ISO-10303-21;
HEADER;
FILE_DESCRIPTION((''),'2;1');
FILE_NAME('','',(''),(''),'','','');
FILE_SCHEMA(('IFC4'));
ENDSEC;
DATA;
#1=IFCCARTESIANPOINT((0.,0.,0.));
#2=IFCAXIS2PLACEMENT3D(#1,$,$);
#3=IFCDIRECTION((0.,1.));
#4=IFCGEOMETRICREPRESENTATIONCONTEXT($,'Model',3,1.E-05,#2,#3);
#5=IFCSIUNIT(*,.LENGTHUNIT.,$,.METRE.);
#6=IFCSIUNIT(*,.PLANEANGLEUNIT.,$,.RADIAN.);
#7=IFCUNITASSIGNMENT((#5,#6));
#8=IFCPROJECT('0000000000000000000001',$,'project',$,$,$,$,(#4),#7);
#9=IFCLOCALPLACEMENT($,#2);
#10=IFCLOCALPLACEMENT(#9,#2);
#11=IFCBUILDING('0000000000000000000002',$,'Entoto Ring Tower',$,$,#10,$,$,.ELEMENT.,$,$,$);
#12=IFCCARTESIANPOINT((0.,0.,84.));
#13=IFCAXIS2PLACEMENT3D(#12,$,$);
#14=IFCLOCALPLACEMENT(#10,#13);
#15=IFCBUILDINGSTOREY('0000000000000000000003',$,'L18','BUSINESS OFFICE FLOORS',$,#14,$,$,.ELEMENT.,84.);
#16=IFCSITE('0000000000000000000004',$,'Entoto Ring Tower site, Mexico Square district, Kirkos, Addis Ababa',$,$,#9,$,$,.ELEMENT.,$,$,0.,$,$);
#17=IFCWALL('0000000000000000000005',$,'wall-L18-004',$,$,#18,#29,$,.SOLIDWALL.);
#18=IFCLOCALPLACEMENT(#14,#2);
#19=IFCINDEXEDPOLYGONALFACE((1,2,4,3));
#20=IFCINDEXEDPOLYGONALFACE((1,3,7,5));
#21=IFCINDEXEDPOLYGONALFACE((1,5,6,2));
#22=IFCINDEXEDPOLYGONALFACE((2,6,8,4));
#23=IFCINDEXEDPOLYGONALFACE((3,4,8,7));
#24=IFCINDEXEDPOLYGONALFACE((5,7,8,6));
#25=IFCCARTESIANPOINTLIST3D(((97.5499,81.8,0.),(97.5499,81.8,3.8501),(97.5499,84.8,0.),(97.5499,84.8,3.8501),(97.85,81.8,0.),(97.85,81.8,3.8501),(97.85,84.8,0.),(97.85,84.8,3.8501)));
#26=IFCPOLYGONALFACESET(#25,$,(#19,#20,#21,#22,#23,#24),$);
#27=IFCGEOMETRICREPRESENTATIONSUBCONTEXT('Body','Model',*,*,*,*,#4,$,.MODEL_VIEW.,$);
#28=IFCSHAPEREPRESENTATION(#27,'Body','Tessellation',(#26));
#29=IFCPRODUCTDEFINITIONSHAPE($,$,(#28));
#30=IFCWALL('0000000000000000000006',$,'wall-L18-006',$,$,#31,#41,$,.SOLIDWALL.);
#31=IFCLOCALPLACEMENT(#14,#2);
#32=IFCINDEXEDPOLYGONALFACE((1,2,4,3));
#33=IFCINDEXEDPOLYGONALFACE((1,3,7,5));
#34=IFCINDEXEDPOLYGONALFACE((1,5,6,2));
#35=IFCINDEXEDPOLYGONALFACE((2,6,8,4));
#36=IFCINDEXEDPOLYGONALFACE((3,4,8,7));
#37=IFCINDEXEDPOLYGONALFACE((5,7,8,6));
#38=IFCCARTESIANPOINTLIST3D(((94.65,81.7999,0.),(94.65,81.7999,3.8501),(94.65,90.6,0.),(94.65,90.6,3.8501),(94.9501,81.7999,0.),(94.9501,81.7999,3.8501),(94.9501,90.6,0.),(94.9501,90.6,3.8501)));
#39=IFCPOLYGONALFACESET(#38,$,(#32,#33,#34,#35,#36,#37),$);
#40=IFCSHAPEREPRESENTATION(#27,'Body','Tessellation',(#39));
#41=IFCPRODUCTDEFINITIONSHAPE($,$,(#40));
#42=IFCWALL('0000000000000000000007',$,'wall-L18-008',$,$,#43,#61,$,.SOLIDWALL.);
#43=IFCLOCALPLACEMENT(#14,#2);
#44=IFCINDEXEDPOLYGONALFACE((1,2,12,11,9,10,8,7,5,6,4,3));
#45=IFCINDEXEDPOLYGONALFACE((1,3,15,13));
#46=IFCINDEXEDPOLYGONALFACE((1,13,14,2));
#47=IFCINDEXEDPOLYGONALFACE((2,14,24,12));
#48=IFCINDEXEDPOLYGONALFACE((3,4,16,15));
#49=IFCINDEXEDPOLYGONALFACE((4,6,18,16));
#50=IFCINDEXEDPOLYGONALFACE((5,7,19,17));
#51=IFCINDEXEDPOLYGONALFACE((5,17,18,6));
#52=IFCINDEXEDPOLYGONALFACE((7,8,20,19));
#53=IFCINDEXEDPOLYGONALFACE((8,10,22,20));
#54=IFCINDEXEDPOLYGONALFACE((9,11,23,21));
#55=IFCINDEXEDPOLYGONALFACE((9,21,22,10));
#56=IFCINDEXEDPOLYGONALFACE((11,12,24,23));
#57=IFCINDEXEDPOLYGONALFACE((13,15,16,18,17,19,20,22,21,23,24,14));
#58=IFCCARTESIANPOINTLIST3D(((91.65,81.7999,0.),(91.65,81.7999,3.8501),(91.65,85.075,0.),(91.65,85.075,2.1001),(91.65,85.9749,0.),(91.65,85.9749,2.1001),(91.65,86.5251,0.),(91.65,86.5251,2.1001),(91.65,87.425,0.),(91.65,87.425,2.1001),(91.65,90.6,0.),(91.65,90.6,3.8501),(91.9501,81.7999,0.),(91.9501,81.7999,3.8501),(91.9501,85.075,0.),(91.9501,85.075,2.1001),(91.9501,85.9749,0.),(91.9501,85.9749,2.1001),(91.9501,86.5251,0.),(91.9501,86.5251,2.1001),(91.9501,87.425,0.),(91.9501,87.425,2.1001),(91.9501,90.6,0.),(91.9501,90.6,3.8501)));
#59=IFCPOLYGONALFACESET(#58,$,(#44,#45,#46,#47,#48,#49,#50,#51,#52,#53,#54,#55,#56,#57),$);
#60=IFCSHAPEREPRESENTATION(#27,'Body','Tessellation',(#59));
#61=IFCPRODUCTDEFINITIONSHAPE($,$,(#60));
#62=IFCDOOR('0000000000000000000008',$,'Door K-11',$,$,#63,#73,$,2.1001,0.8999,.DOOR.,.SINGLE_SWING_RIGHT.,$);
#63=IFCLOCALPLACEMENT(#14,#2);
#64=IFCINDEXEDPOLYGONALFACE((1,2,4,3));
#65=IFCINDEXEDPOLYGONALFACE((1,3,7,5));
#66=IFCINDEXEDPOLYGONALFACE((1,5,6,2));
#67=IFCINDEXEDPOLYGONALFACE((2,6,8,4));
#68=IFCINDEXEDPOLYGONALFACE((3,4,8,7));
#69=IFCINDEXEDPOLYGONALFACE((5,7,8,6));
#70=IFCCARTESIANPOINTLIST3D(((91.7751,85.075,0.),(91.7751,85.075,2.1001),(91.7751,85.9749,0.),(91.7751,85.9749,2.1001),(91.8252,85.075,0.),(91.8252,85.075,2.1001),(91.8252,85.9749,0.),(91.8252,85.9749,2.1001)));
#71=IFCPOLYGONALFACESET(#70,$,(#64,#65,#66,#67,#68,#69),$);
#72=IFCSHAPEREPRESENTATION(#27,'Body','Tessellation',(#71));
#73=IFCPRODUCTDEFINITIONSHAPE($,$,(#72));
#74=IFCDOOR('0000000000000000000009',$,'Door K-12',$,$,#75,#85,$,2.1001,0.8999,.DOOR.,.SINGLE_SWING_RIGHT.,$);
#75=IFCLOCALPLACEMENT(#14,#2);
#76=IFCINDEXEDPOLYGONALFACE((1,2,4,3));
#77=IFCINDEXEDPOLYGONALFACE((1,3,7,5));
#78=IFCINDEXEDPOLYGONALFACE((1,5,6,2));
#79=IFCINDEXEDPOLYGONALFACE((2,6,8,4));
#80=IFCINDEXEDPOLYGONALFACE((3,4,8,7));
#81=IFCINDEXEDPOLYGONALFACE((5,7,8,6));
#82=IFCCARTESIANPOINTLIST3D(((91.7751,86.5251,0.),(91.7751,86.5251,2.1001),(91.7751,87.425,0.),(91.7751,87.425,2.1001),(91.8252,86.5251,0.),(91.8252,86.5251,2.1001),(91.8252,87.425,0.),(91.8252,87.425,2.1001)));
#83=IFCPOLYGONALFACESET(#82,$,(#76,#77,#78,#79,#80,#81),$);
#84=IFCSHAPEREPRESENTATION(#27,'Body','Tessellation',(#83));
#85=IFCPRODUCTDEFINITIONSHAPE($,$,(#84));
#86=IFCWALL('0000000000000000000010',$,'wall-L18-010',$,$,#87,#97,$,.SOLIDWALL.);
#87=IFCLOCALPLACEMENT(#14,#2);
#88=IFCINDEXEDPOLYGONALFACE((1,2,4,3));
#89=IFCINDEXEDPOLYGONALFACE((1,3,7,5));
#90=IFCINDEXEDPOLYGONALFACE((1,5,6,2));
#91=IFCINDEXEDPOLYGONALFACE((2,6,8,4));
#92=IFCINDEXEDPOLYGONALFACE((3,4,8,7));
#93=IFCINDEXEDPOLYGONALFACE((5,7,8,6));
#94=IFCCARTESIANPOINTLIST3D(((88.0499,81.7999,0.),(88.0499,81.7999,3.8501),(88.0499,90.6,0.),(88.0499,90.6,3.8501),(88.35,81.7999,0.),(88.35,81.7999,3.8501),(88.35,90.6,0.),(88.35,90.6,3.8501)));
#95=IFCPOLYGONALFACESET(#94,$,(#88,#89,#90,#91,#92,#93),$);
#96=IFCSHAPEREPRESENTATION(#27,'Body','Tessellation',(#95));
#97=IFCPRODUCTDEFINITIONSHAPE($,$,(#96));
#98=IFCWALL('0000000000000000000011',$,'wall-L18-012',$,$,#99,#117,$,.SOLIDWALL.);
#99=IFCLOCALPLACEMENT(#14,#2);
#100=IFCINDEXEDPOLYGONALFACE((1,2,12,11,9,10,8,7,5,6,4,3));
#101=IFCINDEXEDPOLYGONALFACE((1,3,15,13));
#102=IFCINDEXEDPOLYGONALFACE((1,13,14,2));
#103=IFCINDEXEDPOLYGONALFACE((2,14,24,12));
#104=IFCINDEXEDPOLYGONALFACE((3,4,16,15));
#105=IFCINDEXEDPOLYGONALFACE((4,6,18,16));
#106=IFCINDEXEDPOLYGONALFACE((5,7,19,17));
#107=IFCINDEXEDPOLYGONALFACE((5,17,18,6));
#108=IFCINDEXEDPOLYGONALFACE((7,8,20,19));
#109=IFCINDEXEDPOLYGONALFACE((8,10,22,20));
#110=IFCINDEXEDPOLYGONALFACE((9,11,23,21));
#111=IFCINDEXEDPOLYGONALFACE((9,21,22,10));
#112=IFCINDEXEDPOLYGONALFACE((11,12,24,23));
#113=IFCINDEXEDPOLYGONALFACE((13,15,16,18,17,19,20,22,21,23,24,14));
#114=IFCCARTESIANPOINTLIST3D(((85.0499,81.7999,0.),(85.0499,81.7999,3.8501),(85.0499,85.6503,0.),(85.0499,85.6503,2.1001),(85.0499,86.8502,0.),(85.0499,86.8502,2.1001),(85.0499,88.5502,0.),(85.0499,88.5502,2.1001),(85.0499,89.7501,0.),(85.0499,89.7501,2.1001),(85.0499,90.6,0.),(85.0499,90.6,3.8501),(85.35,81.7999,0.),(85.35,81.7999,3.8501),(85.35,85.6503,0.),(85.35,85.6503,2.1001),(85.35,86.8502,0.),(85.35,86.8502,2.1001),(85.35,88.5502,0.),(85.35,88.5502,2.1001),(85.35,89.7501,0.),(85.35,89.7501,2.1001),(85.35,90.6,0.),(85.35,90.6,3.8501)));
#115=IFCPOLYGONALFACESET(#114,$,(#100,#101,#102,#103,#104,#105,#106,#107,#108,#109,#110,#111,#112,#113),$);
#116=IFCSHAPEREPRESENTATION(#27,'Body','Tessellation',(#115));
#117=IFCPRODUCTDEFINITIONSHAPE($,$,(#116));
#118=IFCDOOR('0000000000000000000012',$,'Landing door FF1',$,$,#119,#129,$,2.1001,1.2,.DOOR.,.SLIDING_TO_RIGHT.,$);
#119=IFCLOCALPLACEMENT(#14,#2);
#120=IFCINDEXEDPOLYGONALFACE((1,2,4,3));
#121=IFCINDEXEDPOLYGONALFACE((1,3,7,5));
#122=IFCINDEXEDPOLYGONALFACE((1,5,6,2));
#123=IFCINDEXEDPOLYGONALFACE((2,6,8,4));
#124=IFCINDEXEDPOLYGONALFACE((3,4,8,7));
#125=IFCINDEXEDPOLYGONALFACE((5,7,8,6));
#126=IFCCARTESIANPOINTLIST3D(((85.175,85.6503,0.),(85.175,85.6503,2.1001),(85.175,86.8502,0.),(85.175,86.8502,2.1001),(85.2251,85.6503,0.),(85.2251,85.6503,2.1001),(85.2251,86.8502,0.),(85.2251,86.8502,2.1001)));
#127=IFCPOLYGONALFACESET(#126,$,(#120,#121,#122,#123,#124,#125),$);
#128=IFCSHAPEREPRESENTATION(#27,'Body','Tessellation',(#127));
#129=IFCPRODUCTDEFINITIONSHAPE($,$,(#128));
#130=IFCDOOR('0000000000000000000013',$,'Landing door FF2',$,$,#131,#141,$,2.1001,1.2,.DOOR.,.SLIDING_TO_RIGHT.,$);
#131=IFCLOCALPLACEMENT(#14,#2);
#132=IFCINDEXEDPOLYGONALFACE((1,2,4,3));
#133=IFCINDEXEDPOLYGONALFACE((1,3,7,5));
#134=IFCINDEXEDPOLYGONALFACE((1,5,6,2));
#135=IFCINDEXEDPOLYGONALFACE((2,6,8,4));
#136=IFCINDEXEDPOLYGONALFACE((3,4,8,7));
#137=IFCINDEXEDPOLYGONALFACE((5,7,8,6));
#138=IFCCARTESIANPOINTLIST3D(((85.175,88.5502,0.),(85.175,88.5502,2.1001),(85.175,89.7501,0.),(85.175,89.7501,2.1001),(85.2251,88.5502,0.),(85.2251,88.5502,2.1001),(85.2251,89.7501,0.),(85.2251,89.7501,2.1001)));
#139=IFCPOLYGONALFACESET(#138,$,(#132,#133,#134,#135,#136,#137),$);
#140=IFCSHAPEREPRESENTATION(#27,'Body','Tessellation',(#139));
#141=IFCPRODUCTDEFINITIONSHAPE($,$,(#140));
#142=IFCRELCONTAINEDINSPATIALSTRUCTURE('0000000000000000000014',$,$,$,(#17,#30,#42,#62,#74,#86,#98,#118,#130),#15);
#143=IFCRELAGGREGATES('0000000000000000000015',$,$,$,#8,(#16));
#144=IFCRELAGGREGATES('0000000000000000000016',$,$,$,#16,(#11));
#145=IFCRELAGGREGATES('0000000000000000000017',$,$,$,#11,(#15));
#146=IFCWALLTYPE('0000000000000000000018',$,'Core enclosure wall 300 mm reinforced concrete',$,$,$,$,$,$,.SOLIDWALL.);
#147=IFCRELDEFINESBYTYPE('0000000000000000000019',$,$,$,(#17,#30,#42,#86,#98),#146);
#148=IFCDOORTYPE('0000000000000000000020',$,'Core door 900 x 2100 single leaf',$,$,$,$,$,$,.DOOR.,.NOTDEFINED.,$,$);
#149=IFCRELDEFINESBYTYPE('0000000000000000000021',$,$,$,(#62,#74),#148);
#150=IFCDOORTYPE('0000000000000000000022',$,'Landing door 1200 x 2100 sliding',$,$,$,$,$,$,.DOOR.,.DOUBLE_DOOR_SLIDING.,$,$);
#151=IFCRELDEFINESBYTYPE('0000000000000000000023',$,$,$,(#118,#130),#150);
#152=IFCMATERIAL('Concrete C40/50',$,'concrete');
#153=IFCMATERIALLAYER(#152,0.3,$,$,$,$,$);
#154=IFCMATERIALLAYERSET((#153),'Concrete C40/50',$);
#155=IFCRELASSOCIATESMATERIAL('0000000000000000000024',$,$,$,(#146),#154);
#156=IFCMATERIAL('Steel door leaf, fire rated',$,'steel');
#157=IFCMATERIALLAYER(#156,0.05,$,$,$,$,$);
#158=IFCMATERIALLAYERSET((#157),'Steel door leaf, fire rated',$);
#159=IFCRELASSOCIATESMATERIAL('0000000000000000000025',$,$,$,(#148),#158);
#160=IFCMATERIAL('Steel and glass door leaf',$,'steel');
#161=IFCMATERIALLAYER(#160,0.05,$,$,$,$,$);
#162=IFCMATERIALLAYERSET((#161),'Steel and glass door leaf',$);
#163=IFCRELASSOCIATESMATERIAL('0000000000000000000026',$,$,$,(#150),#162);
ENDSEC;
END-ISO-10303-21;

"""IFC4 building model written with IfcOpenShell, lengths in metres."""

from ifc_helpers import new_model, si_unit, direction, frame, frame_2d, origin, place, context, subcontext, project, spatial, rectangle, extrude, material, layer, layer_set, type_object, element, fill, save


model = new_model("IFC4")

# Units and contexts
model_context = context("Model", 3, precision=1e-05, world=origin(), true_north=direction((0.0, 1.0)))
body_context = subcontext(model_context, "Body", "Model", "MODEL_VIEW")
ifc_project = project(units=[si_unit("LENGTHUNIT", "METRE"), si_unit("PLANEANGLEUNIT", "RADIAN")], contexts=[model_context])

# Site, building, storey
site_placement = place(None, origin())
site = spatial("IfcSite", under=ifc_project, at=site_placement, Name="Entoto Ring Tower site, Mexico Square district, Kirkos, Addis Ababa", CompositionType="ELEMENT", RefElevation=0.0)
building_placement = place(site_placement, origin())
building = spatial("IfcBuilding", under=site, at=building_placement, Name="Entoto Ring Tower", CompositionType="ELEMENT")
storey_placement = place(building_placement, frame((0.0, 0.0, 84.0)))
storey = spatial("IfcBuildingStorey", under=building, at=storey_placement, Name="L18", Description="BUSINESS OFFICE FLOORS", CompositionType="ELEMENT", Elevation=84.0)

# Walls
ifc_material_1 = material(Name="Concrete C40/50", Category="concrete")
ifc_layer_1 = layer(ifc_material_1, 0.3)
ifc_layer_set_1 = layer_set([ifc_layer_1], Name="Concrete C40/50")
wall_type = type_object("IfcWallType", Name="Core enclosure wall 300 mm reinforced concrete", PredefinedType="SOLIDWALL", material=ifc_layer_set_1)
wall_1_placement = place(storey_placement, frame((97.7, 81.8, 0.0), z_axis=(0.0, 0.0, 1.0), x_axis=(0.0, 1.0, 0.0)))
element("IfcWall", 1, at=wall_1_placement, inside=storey, type_object=wall_type, Name="wall-L18-004", PredefinedType="SOLIDWALL", context=body_context, shape_type="SweptSolid", body=[
    extrude(rectangle(XDim=3.0, YDim=0.3, at=frame_2d((1.5, 0.0))), origin(), (0.0, 0.0, 1.0), 3.8501),
])
wall_2_placement = place(storey_placement, frame((94.8, 81.8, 0.0), z_axis=(0.0, 0.0, 1.0), x_axis=(0.0, 1.0, 0.0)))
element("IfcWall", 2, at=wall_2_placement, inside=storey, type_object=wall_type, Name="wall-L18-006", PredefinedType="SOLIDWALL", context=body_context, shape_type="SweptSolid", body=[
    extrude(rectangle(XDim=8.8, YDim=0.3, at=frame_2d((4.3999, 0.0))), origin(), (0.0, 0.0, 1.0), 3.8501),
])

# Wall, openings, doors
wall_3_placement = place(storey_placement, frame((91.8, 81.8, 0.0), z_axis=(0.0, 0.0, 1.0), x_axis=(0.0, 1.0, 0.0)))
wall_3 = element("IfcWall", 3, at=wall_3_placement, inside=storey, type_object=wall_type, Name="wall-L18-008", PredefinedType="SOLIDWALL", context=body_context, shape_type="SweptSolid", body=[
    extrude(rectangle(XDim=8.8, YDim=0.3, at=frame_2d((4.3999, 0.0))), origin(), (0.0, 0.0, 1.0), 3.8501),
])
opening_1_placement = place(wall_3_placement, frame((3.2749, 0.0, 0.0)))
opening_1 = element("IfcOpeningElement", 4, at=opening_1_placement, cuts=wall_3, PredefinedType="OPENING", context=body_context, shape_type="SweptSolid", body=[
    extrude(rectangle(XDim=0.8999, YDim=2.1001, at=frame_2d((0.45, 1.05))), frame((0.0, 0.1602, 0.0), z_axis=(0.0, -1.0, 0.0), x_axis=(1.0, 0.0, 0.0)), (0.0, 0.0, 1.0), 0.3201),
])
opening_2_placement = place(wall_3_placement, frame((4.7251, 0.0, 0.0)))
opening_2 = element("IfcOpeningElement", 5, at=opening_2_placement, cuts=wall_3, PredefinedType="OPENING", context=body_context, shape_type="SweptSolid", body=[
    extrude(rectangle(XDim=0.8999, YDim=2.1001, at=frame_2d((0.45, 1.05))), frame((0.0, 0.1602, 0.0), z_axis=(0.0, -1.0, 0.0), x_axis=(1.0, 0.0, 0.0)), (0.0, 0.0, 1.0), 0.3201),
])
ifc_material_2 = material(Name="Steel door leaf, fire rated", Category="steel")
ifc_layer_2 = layer(ifc_material_2, 0.05)
ifc_layer_set_2 = layer_set([ifc_layer_2], Name="Steel door leaf, fire rated")
door_type_1 = type_object("IfcDoorType", Name="Core door 900 x 2100 single leaf", OperationType="NOTDEFINED", PredefinedType="DOOR", material=ifc_layer_set_2)
door_1_placement = place(opening_1_placement, origin())
door_1 = element("IfcDoor", 6, at=door_1_placement, inside=storey, type_object=door_type_1, Name="Door K-11", OperationType="SINGLE_SWING_RIGHT", OverallHeight=2.1001, OverallWidth=0.8999, PredefinedType="DOOR", context=body_context, shape_type="SweptSolid", body=[
    extrude(rectangle(XDim=0.8999, YDim=2.1001, at=frame_2d((0.45, 1.05))), frame((0.0, 0.0249, 0.0), z_axis=(0.0, -1.0, 0.0), x_axis=(1.0, 0.0, 0.0)), (0.0, 0.0, 1.0), 0.05),
])
fill(opening_1, door_1)
door_2_placement = place(opening_2_placement, origin())
door_2 = element("IfcDoor", 7, at=door_2_placement, inside=storey, type_object=door_type_1, Name="Door K-12", OperationType="SINGLE_SWING_RIGHT", OverallHeight=2.1001, OverallWidth=0.8999, PredefinedType="DOOR", context=body_context, shape_type="SweptSolid", body=[
    extrude(rectangle(XDim=0.8999, YDim=2.1001, at=frame_2d((0.45, 1.05))), frame((0.0, 0.0249, 0.0), z_axis=(0.0, -1.0, 0.0), x_axis=(1.0, 0.0, 0.0)), (0.0, 0.0, 1.0), 0.05),
])
fill(opening_2, door_2)

# Wall
wall_4_placement = place(storey_placement, frame((88.2, 81.8, 0.0), z_axis=(0.0, 0.0, 1.0), x_axis=(0.0, 1.0, 0.0)))
element("IfcWall", 8, at=wall_4_placement, inside=storey, type_object=wall_type, Name="wall-L18-010", PredefinedType="SOLIDWALL", context=body_context, shape_type="SweptSolid", body=[
    extrude(rectangle(XDim=8.8, YDim=0.3, at=frame_2d((4.3999, 0.0))), origin(), (0.0, 0.0, 1.0), 3.8501),
])

# Wall, openings, doors
wall_5_placement = place(storey_placement, frame((85.2, 81.8, 0.0), z_axis=(0.0, 0.0, 1.0), x_axis=(0.0, 1.0, 0.0)))
wall_5 = element("IfcWall", 9, at=wall_5_placement, inside=storey, type_object=wall_type, Name="wall-L18-012", PredefinedType="SOLIDWALL", context=body_context, shape_type="SweptSolid", body=[
    extrude(rectangle(XDim=8.8, YDim=0.3, at=frame_2d((4.3999, 0.0))), origin(), (0.0, 0.0, 1.0), 3.8501),
])
opening_3_placement = place(wall_5_placement, frame((3.8501, 0.0, 0.0)))
opening_3 = element("IfcOpeningElement", 10, at=opening_3_placement, cuts=wall_5, PredefinedType="OPENING", context=body_context, shape_type="SweptSolid", body=[
    extrude(rectangle(XDim=1.2, YDim=2.1001, at=frame_2d((0.6001, 1.05))), frame((0.0, 0.1602, 0.0), z_axis=(0.0, -1.0, 0.0), x_axis=(1.0, 0.0, 0.0)), (0.0, 0.0, 1.0), 0.3201),
])
opening_4_placement = place(wall_5_placement, frame((6.75, 0.0, 0.0)))
opening_4 = element("IfcOpeningElement", 11, at=opening_4_placement, cuts=wall_5, PredefinedType="OPENING", context=body_context, shape_type="SweptSolid", body=[
    extrude(rectangle(XDim=1.2, YDim=2.1001, at=frame_2d((0.6001, 1.05))), frame((0.0, 0.1602, 0.0), z_axis=(0.0, -1.0, 0.0), x_axis=(1.0, 0.0, 0.0)), (0.0, 0.0, 1.0), 0.3201),
])
ifc_material_3 = material(Name="Steel and glass door leaf", Category="steel")
ifc_layer_3 = layer(ifc_material_3, 0.05)
ifc_layer_set_3 = layer_set([ifc_layer_3], Name="Steel and glass door leaf")
door_type_2 = type_object("IfcDoorType", Name="Landing door 1200 x 2100 sliding", OperationType="DOUBLE_DOOR_SLIDING", PredefinedType="DOOR", material=ifc_layer_set_3)
door_3_placement = place(opening_3_placement, origin())
door_3 = element("IfcDoor", 12, at=door_3_placement, inside=storey, type_object=door_type_2, Name="Landing door FF1", OperationType="SLIDING_TO_RIGHT", OverallHeight=2.1001, OverallWidth=1.2, PredefinedType="DOOR", context=body_context, shape_type="SweptSolid", body=[
    extrude(rectangle(XDim=1.2, YDim=2.1001, at=frame_2d((0.6001, 1.05))), frame((0.0, 0.0249, 0.0), z_axis=(0.0, -1.0, 0.0), x_axis=(1.0, 0.0, 0.0)), (0.0, 0.0, 1.0), 0.05),
])
fill(opening_3, door_3)
door_4_placement = place(opening_4_placement, origin())
door_4 = element("IfcDoor", 13, at=door_4_placement, inside=storey, type_object=door_type_2, Name="Landing door FF2", OperationType="SLIDING_TO_RIGHT", OverallHeight=2.1001, OverallWidth=1.2, PredefinedType="DOOR", context=body_context, shape_type="SweptSolid", body=[
    extrude(rectangle(XDim=1.2, YDim=2.1001, at=frame_2d((0.6001, 1.05))), frame((0.0, 0.0249, 0.0), z_axis=(0.0, -1.0, 0.0), x_axis=(1.0, 0.0, 0.0)), (0.0, 0.0, 1.0), 0.05),
])
fill(opening_4, door_4)

save(model, "model.ifc")
